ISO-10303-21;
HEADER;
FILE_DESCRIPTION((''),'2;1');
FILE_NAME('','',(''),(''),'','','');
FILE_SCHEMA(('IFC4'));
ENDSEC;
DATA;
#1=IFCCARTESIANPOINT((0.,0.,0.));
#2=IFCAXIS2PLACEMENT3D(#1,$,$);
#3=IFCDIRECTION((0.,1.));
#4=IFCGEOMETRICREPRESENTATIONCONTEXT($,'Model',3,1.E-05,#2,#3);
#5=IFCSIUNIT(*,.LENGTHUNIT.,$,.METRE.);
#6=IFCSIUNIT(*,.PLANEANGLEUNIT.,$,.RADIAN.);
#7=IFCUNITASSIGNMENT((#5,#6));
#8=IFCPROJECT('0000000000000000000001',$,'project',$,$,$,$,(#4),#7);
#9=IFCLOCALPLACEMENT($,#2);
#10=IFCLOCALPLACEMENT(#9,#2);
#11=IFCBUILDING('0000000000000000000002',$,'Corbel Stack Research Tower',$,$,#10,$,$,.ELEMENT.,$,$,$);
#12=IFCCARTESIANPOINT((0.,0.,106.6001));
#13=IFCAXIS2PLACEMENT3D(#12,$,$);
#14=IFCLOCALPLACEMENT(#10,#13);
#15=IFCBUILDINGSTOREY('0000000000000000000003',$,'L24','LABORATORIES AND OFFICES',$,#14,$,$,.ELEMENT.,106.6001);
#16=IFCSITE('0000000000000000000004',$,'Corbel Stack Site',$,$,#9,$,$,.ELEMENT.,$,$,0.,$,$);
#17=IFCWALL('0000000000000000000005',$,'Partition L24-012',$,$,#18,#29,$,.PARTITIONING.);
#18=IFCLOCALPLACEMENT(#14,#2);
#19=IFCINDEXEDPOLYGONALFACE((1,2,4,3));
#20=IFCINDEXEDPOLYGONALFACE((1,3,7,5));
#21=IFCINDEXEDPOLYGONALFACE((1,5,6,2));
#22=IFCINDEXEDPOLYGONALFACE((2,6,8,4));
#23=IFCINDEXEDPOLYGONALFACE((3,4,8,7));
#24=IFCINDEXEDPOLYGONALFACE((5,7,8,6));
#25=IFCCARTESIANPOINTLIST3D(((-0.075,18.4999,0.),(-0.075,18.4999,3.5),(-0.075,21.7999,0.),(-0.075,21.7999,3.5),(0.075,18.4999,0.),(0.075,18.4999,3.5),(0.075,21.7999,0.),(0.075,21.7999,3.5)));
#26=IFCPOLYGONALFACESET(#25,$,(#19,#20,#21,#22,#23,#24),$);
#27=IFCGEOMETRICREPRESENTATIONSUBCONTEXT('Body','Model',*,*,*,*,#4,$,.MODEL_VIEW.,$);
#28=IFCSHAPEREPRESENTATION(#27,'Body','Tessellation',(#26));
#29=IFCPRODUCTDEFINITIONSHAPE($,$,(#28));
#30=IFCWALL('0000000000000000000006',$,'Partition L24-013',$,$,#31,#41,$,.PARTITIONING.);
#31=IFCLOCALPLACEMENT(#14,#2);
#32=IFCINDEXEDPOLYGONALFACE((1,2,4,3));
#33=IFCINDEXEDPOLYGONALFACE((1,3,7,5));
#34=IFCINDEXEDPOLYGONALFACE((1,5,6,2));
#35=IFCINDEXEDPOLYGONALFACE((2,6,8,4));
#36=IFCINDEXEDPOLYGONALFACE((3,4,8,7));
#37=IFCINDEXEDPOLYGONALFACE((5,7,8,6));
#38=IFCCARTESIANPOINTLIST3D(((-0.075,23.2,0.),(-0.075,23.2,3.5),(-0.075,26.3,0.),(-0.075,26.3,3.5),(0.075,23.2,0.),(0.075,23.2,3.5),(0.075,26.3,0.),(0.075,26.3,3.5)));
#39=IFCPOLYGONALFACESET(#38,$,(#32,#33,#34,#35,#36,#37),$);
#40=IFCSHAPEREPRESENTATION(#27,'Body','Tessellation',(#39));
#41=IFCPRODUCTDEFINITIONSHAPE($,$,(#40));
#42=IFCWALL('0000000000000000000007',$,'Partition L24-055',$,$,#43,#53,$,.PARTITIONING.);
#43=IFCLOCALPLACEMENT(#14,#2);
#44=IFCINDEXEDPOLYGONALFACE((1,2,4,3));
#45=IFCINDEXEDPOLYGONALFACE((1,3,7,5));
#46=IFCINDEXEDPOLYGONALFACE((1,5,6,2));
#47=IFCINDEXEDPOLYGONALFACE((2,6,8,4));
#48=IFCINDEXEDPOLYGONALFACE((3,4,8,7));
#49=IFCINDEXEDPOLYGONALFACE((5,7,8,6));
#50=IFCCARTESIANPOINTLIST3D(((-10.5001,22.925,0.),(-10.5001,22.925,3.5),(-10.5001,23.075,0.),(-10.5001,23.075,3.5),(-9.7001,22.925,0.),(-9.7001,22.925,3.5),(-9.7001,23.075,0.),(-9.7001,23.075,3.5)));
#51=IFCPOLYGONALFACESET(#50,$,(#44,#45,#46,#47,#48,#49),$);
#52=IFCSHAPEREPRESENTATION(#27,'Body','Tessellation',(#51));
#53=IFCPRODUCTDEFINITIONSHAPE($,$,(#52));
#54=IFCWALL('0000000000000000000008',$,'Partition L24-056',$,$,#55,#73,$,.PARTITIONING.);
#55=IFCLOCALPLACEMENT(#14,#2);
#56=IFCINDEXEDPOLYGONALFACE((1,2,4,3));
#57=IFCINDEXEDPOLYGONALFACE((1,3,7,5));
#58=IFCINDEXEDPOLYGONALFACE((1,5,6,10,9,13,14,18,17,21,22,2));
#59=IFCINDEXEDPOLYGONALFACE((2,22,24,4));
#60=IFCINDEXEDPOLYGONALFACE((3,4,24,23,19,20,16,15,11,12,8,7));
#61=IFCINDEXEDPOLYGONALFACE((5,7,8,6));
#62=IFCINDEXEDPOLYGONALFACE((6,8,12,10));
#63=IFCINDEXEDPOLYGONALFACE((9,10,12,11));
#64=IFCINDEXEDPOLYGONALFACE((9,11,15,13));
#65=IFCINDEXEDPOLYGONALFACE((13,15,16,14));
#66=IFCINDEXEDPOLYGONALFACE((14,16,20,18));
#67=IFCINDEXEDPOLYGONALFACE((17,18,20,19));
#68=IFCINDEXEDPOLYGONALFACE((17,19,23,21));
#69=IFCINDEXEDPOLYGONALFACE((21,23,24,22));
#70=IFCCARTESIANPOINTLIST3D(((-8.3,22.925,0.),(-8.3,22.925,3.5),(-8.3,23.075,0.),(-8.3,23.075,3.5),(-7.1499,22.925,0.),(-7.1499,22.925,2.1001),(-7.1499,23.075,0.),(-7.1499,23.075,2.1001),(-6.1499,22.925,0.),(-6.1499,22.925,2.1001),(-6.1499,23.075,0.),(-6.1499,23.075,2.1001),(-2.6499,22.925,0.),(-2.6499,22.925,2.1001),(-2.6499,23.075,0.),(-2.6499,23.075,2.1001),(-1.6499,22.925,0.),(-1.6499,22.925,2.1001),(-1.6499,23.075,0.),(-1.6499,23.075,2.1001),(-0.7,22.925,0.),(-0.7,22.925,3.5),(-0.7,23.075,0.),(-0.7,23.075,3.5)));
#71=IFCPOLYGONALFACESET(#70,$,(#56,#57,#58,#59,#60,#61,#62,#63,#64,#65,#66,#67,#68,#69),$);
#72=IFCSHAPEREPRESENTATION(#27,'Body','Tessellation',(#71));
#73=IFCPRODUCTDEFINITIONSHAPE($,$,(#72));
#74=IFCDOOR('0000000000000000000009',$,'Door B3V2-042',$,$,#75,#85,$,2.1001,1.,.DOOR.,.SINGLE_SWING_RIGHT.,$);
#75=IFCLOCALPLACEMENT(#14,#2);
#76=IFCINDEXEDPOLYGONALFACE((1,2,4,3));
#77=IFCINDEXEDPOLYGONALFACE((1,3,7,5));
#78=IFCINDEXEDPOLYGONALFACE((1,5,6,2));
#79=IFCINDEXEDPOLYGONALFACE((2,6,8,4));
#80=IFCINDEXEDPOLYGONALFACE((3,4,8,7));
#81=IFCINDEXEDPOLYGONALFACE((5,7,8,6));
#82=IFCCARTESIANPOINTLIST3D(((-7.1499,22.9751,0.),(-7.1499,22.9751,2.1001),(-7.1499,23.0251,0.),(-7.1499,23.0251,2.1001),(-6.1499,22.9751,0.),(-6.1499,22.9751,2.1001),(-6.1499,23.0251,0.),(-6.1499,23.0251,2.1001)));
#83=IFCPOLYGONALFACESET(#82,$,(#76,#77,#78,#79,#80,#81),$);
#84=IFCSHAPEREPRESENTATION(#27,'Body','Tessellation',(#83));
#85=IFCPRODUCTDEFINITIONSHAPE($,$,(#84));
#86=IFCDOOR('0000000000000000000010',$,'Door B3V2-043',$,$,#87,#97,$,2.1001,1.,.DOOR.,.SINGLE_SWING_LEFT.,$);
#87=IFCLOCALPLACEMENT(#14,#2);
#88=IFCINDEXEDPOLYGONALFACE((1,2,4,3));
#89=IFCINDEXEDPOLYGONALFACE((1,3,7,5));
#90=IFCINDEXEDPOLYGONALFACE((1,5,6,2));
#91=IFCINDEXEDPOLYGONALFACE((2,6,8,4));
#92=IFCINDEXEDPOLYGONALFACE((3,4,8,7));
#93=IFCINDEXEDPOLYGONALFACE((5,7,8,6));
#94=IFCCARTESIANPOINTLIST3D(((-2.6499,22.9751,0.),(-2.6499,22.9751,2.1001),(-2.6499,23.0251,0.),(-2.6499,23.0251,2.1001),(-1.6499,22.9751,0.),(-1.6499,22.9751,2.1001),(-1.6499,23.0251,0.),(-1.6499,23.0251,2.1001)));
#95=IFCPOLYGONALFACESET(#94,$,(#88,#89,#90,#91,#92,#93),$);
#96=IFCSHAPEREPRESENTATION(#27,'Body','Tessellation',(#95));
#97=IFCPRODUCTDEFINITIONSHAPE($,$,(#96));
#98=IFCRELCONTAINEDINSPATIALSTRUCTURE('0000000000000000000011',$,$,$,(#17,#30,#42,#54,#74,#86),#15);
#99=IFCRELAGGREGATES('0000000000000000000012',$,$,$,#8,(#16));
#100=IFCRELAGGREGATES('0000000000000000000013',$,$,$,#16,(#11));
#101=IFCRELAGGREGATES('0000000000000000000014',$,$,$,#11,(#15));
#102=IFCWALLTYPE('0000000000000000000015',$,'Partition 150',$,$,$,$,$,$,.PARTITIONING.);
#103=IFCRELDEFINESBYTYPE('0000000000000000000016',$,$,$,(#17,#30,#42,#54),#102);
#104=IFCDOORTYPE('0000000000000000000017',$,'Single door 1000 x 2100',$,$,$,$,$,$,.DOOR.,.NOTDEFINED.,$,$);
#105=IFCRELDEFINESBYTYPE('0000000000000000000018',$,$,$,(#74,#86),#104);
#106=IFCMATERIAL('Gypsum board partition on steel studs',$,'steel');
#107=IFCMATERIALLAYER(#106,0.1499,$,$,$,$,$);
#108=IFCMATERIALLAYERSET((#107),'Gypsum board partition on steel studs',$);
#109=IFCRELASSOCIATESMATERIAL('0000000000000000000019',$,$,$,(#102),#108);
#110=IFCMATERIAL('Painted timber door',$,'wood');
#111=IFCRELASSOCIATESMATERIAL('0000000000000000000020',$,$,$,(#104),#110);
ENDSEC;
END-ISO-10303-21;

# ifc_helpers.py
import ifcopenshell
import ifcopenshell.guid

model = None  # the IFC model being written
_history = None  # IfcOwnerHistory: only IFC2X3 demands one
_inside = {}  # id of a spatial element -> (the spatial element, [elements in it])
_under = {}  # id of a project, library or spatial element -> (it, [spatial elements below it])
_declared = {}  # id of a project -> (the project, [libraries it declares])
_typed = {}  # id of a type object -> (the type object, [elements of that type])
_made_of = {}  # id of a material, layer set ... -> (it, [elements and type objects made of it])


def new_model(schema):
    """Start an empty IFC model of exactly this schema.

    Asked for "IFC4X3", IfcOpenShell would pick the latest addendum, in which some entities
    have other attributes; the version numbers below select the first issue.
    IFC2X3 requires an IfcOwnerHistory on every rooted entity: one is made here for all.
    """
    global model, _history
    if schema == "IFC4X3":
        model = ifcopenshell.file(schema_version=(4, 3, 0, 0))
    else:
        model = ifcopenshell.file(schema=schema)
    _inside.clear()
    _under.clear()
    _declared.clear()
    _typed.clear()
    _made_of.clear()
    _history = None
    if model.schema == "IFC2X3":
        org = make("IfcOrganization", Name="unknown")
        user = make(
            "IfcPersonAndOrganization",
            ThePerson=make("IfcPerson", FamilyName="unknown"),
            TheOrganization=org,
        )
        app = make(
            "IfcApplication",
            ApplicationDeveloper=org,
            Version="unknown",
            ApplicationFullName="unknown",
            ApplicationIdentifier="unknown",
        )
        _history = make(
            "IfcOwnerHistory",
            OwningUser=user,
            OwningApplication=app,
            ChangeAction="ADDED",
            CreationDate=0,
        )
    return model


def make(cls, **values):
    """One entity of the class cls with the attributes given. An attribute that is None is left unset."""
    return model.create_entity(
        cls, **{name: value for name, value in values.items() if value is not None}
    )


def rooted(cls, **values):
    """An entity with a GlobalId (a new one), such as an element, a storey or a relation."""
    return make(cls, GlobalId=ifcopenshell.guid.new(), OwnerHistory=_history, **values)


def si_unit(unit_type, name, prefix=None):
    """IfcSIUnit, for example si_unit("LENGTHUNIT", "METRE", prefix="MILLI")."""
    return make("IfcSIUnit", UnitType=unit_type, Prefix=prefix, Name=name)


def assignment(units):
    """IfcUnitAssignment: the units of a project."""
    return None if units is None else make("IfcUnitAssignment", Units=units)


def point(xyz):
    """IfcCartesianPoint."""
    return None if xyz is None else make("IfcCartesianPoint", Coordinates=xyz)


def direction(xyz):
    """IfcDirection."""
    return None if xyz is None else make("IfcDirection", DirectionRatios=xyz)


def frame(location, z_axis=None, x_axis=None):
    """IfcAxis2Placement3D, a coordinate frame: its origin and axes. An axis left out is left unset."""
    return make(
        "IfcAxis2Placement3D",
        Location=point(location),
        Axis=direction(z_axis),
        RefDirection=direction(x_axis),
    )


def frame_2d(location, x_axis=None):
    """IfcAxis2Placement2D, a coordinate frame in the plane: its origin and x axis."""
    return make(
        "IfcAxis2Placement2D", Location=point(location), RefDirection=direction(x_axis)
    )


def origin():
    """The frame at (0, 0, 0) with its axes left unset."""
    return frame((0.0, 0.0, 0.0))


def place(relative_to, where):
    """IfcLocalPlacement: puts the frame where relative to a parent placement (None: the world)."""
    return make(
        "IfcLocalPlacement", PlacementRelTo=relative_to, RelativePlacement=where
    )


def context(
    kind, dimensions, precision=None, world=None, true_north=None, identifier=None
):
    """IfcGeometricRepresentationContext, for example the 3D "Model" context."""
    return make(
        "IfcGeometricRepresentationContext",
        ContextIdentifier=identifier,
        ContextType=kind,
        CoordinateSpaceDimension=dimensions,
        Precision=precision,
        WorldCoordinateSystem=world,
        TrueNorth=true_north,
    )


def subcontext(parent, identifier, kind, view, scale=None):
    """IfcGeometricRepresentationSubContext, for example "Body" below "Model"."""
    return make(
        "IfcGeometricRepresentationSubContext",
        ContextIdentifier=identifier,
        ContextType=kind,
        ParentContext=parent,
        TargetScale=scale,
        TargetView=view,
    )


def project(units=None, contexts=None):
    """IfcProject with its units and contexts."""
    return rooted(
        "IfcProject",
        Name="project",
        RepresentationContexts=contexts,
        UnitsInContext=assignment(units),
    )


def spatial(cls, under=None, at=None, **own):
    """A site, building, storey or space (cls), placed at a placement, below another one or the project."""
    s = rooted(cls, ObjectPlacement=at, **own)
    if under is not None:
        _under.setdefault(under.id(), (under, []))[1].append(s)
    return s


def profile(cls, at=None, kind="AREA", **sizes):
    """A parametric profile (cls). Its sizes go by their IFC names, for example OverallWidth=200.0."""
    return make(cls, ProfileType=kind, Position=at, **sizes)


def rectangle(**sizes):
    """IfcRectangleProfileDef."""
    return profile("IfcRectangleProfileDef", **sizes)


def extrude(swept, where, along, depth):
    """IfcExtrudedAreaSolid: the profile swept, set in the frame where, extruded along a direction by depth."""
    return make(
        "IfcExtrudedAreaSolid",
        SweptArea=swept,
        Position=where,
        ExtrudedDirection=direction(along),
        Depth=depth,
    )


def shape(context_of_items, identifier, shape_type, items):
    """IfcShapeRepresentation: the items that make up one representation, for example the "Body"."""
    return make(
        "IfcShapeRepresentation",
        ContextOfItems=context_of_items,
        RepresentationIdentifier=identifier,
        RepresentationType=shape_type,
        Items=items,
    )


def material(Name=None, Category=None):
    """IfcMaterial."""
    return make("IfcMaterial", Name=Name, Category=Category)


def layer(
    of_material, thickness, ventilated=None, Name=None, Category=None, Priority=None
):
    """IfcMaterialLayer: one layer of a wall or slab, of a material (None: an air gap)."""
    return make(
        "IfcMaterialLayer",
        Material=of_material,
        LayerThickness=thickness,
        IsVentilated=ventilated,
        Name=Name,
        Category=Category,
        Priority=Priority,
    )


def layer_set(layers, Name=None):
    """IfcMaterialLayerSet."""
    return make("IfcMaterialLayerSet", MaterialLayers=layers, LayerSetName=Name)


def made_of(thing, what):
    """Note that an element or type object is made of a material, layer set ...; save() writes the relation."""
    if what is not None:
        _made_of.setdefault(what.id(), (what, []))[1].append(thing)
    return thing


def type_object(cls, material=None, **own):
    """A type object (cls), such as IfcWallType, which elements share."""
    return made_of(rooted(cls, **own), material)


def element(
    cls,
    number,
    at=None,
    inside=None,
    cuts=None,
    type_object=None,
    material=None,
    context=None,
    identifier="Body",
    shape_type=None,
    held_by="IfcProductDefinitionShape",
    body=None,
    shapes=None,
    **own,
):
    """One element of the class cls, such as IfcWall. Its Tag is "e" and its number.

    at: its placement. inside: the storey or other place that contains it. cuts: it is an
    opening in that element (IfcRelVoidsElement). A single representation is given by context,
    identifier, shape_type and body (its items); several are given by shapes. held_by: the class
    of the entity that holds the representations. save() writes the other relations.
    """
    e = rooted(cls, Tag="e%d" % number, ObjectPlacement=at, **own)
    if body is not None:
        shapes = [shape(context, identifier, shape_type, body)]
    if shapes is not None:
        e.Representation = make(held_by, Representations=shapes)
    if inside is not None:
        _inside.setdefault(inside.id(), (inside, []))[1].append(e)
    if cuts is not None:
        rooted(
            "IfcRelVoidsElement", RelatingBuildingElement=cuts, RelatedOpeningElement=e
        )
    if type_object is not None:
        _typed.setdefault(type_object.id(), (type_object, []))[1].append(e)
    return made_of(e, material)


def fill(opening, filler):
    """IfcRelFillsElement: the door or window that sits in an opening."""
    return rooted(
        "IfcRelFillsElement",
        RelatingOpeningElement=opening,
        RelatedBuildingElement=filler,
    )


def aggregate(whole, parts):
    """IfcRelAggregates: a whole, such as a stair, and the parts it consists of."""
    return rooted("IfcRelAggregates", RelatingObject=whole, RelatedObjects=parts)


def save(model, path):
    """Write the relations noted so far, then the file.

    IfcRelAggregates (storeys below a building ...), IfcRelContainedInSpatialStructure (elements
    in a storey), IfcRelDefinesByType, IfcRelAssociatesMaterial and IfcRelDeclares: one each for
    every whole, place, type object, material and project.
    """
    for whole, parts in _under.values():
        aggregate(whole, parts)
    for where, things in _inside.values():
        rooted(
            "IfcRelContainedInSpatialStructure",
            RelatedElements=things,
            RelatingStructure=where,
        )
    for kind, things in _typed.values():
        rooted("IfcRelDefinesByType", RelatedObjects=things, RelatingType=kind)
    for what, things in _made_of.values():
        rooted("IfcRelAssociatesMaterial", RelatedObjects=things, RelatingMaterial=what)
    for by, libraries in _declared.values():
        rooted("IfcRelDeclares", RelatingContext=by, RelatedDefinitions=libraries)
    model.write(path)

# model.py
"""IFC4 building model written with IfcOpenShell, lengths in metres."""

from ifc_helpers import new_model, si_unit, direction, frame, frame_2d, origin, place, context, subcontext, project, spatial, rectangle, extrude, material, layer, layer_set, type_object, element, fill, save


model = new_model("IFC4")

# Units and contexts
model_context = context("Model", 3, precision=1e-05, world=origin(), true_north=direction((0.0, 1.0)))
body_context = subcontext(model_context, "Body", "Model", "MODEL_VIEW")
ifc_project = project(units=[si_unit("LENGTHUNIT", "METRE"), si_unit("PLANEANGLEUNIT", "RADIAN")], contexts=[model_context])

# Site, building, storey
site_placement = place(None, origin())
site = spatial("IfcSite", under=ifc_project, at=site_placement, Name="Corbel Stack Site", CompositionType="ELEMENT", RefElevation=0.0)
building_placement = place(site_placement, origin())
building = spatial("IfcBuilding", under=site, at=building_placement, Name="Corbel Stack Research Tower", CompositionType="ELEMENT")
storey_placement = place(building_placement, frame((0.0, 0.0, 106.6001)))
storey = spatial("IfcBuildingStorey", under=building, at=storey_placement, Name="L24", Description="LABORATORIES AND OFFICES", CompositionType="ELEMENT", Elevation=106.6001)

# Walls
ifc_material_1 = material(Name="Gypsum board partition on steel studs", Category="steel")
ifc_layer_1 = layer(ifc_material_1, 0.1499)
ifc_layer_set_1 = layer_set([ifc_layer_1], Name="Gypsum board partition on steel studs")
wall_type_1 = type_object("IfcWallType", Name="Partition 150", PredefinedType="PARTITIONING", material=ifc_layer_set_1)
wall_1_placement = place(storey_placement, frame((0.0, 18.5, 0.0), z_axis=(0.0, 0.0, 1.0), x_axis=(0.0, 1.0, 0.0)))
element("IfcWall", 1, at=wall_1_placement, inside=storey, type_object=wall_type_1, Name="Partition L24-012", PredefinedType="PARTITIONING", context=body_context, shape_type="SweptSolid", body=[
    extrude(rectangle(XDim=3.3, YDim=0.1499, at=frame_2d((1.6499, 0.0))), origin(), (0.0, 0.0, 1.0), 3.5),
])
wall_2_placement = place(storey_placement, frame((0.0, 23.2, 0.0), z_axis=(0.0, 0.0, 1.0), x_axis=(0.0, 1.0, 0.0)))
element("IfcWall", 2, at=wall_2_placement, inside=storey, type_object=wall_type_1, Name="Partition L24-013", PredefinedType="PARTITIONING", context=body_context, shape_type="SweptSolid", body=[
    extrude(rectangle(XDim=3.1001, YDim=0.1499, at=frame_2d((1.55, 0.0))), origin(), (0.0, 0.0, 1.0), 3.5),
])
wall_3_placement = place(storey_placement, frame((-10.5, 23.0, 0.0), z_axis=(0.0, 0.0, 1.0), x_axis=(1.0, 0.0, 0.0)))
element("IfcWall", 3, at=wall_3_placement, inside=storey, type_object=wall_type_1, Name="Partition L24-055", PredefinedType="PARTITIONING", context=body_context, shape_type="SweptSolid", body=[
    extrude(rectangle(XDim=0.8, YDim=0.1499, at=frame_2d((0.3999, 0.0))), origin(), (0.0, 0.0, 1.0), 3.5),
])

# Wall, openings, doors
wall_4_placement = place(storey_placement, frame((-0.7, 23.0, 0.0), z_axis=(0.0, 0.0, 1.0), x_axis=(-1.0, 0.0, 0.0)))
wall_4 = element("IfcWall", 4, at=wall_4_placement, inside=storey, type_object=wall_type_1, Name="Partition L24-056", PredefinedType="PARTITIONING", context=body_context, shape_type="SweptSolid", body=[
    extrude(rectangle(XDim=7.6001, YDim=0.1499, at=frame_2d((3.8, 0.0))), origin(), (0.0, 0.0, 1.0), 3.5),
])
opening_1_placement = place(wall_4_placement, frame((5.45, 0.0, 0.0)))
opening_1 = element("IfcOpeningElement", 5, at=opening_1_placement, cuts=wall_4, PredefinedType="OPENING", context=body_context, shape_type="SweptSolid", body=[
    extrude(rectangle(XDim=1.0, YDim=2.1001, at=frame_2d((0.5, 1.05))), frame((0.0, 0.085, 0.0), z_axis=(0.0, -1.0, 0.0), x_axis=(1.0, 0.0, 0.0)), (0.0, 0.0, 1.0), 0.1699),
])
opening_2_placement = place(wall_4_placement, frame((0.95, 0.0, 0.0)))
opening_2 = element("IfcOpeningElement", 6, at=opening_2_placement, cuts=wall_4, PredefinedType="OPENING", context=body_context, shape_type="SweptSolid", body=[
    extrude(rectangle(XDim=1.0, YDim=2.1001, at=frame_2d((0.5, 1.05))), frame((0.0, 0.085, 0.0), z_axis=(0.0, -1.0, 0.0), x_axis=(1.0, 0.0, 0.0)), (0.0, 0.0, 1.0), 0.1699),
])
ifc_material_2 = material(Name="Painted timber door", Category="wood")
door_type_1 = type_object("IfcDoorType", Name="Single door 1000 x 2100", OperationType="NOTDEFINED", PredefinedType="DOOR", material=ifc_material_2)
door_1_placement = place(opening_1_placement, origin())
door_1 = element("IfcDoor", 7, at=door_1_placement, inside=storey, type_object=door_type_1, Name="Door B3V2-042", OperationType="SINGLE_SWING_RIGHT", OverallHeight=2.1001, OverallWidth=1.0, PredefinedType="DOOR", context=body_context, shape_type="SweptSolid", body=[
    extrude(rectangle(XDim=1.0, YDim=2.1001, at=frame_2d((0.5, 1.05))), frame((0.0, 0.0249, 0.0), z_axis=(0.0, -1.0, 0.0), x_axis=(1.0, 0.0, 0.0)), (0.0, 0.0, 1.0), 0.05),
])
fill(opening_1, door_1)
door_2_placement = place(opening_2_placement, origin())
door_2 = element("IfcDoor", 8, at=door_2_placement, inside=storey, type_object=door_type_1, Name="Door B3V2-043", OperationType="SINGLE_SWING_LEFT", OverallHeight=2.1001, OverallWidth=1.0, PredefinedType="DOOR", context=body_context, shape_type="SweptSolid", body=[
    extrude(rectangle(XDim=1.0, YDim=2.1001, at=frame_2d((0.5, 1.05))), frame((0.0, 0.0249, 0.0), z_axis=(0.0, -1.0, 0.0), x_axis=(1.0, 0.0, 0.0)), (0.0, 0.0, 1.0), 0.05),
])
fill(opening_2, door_2)

save(model, "model.ifc")
